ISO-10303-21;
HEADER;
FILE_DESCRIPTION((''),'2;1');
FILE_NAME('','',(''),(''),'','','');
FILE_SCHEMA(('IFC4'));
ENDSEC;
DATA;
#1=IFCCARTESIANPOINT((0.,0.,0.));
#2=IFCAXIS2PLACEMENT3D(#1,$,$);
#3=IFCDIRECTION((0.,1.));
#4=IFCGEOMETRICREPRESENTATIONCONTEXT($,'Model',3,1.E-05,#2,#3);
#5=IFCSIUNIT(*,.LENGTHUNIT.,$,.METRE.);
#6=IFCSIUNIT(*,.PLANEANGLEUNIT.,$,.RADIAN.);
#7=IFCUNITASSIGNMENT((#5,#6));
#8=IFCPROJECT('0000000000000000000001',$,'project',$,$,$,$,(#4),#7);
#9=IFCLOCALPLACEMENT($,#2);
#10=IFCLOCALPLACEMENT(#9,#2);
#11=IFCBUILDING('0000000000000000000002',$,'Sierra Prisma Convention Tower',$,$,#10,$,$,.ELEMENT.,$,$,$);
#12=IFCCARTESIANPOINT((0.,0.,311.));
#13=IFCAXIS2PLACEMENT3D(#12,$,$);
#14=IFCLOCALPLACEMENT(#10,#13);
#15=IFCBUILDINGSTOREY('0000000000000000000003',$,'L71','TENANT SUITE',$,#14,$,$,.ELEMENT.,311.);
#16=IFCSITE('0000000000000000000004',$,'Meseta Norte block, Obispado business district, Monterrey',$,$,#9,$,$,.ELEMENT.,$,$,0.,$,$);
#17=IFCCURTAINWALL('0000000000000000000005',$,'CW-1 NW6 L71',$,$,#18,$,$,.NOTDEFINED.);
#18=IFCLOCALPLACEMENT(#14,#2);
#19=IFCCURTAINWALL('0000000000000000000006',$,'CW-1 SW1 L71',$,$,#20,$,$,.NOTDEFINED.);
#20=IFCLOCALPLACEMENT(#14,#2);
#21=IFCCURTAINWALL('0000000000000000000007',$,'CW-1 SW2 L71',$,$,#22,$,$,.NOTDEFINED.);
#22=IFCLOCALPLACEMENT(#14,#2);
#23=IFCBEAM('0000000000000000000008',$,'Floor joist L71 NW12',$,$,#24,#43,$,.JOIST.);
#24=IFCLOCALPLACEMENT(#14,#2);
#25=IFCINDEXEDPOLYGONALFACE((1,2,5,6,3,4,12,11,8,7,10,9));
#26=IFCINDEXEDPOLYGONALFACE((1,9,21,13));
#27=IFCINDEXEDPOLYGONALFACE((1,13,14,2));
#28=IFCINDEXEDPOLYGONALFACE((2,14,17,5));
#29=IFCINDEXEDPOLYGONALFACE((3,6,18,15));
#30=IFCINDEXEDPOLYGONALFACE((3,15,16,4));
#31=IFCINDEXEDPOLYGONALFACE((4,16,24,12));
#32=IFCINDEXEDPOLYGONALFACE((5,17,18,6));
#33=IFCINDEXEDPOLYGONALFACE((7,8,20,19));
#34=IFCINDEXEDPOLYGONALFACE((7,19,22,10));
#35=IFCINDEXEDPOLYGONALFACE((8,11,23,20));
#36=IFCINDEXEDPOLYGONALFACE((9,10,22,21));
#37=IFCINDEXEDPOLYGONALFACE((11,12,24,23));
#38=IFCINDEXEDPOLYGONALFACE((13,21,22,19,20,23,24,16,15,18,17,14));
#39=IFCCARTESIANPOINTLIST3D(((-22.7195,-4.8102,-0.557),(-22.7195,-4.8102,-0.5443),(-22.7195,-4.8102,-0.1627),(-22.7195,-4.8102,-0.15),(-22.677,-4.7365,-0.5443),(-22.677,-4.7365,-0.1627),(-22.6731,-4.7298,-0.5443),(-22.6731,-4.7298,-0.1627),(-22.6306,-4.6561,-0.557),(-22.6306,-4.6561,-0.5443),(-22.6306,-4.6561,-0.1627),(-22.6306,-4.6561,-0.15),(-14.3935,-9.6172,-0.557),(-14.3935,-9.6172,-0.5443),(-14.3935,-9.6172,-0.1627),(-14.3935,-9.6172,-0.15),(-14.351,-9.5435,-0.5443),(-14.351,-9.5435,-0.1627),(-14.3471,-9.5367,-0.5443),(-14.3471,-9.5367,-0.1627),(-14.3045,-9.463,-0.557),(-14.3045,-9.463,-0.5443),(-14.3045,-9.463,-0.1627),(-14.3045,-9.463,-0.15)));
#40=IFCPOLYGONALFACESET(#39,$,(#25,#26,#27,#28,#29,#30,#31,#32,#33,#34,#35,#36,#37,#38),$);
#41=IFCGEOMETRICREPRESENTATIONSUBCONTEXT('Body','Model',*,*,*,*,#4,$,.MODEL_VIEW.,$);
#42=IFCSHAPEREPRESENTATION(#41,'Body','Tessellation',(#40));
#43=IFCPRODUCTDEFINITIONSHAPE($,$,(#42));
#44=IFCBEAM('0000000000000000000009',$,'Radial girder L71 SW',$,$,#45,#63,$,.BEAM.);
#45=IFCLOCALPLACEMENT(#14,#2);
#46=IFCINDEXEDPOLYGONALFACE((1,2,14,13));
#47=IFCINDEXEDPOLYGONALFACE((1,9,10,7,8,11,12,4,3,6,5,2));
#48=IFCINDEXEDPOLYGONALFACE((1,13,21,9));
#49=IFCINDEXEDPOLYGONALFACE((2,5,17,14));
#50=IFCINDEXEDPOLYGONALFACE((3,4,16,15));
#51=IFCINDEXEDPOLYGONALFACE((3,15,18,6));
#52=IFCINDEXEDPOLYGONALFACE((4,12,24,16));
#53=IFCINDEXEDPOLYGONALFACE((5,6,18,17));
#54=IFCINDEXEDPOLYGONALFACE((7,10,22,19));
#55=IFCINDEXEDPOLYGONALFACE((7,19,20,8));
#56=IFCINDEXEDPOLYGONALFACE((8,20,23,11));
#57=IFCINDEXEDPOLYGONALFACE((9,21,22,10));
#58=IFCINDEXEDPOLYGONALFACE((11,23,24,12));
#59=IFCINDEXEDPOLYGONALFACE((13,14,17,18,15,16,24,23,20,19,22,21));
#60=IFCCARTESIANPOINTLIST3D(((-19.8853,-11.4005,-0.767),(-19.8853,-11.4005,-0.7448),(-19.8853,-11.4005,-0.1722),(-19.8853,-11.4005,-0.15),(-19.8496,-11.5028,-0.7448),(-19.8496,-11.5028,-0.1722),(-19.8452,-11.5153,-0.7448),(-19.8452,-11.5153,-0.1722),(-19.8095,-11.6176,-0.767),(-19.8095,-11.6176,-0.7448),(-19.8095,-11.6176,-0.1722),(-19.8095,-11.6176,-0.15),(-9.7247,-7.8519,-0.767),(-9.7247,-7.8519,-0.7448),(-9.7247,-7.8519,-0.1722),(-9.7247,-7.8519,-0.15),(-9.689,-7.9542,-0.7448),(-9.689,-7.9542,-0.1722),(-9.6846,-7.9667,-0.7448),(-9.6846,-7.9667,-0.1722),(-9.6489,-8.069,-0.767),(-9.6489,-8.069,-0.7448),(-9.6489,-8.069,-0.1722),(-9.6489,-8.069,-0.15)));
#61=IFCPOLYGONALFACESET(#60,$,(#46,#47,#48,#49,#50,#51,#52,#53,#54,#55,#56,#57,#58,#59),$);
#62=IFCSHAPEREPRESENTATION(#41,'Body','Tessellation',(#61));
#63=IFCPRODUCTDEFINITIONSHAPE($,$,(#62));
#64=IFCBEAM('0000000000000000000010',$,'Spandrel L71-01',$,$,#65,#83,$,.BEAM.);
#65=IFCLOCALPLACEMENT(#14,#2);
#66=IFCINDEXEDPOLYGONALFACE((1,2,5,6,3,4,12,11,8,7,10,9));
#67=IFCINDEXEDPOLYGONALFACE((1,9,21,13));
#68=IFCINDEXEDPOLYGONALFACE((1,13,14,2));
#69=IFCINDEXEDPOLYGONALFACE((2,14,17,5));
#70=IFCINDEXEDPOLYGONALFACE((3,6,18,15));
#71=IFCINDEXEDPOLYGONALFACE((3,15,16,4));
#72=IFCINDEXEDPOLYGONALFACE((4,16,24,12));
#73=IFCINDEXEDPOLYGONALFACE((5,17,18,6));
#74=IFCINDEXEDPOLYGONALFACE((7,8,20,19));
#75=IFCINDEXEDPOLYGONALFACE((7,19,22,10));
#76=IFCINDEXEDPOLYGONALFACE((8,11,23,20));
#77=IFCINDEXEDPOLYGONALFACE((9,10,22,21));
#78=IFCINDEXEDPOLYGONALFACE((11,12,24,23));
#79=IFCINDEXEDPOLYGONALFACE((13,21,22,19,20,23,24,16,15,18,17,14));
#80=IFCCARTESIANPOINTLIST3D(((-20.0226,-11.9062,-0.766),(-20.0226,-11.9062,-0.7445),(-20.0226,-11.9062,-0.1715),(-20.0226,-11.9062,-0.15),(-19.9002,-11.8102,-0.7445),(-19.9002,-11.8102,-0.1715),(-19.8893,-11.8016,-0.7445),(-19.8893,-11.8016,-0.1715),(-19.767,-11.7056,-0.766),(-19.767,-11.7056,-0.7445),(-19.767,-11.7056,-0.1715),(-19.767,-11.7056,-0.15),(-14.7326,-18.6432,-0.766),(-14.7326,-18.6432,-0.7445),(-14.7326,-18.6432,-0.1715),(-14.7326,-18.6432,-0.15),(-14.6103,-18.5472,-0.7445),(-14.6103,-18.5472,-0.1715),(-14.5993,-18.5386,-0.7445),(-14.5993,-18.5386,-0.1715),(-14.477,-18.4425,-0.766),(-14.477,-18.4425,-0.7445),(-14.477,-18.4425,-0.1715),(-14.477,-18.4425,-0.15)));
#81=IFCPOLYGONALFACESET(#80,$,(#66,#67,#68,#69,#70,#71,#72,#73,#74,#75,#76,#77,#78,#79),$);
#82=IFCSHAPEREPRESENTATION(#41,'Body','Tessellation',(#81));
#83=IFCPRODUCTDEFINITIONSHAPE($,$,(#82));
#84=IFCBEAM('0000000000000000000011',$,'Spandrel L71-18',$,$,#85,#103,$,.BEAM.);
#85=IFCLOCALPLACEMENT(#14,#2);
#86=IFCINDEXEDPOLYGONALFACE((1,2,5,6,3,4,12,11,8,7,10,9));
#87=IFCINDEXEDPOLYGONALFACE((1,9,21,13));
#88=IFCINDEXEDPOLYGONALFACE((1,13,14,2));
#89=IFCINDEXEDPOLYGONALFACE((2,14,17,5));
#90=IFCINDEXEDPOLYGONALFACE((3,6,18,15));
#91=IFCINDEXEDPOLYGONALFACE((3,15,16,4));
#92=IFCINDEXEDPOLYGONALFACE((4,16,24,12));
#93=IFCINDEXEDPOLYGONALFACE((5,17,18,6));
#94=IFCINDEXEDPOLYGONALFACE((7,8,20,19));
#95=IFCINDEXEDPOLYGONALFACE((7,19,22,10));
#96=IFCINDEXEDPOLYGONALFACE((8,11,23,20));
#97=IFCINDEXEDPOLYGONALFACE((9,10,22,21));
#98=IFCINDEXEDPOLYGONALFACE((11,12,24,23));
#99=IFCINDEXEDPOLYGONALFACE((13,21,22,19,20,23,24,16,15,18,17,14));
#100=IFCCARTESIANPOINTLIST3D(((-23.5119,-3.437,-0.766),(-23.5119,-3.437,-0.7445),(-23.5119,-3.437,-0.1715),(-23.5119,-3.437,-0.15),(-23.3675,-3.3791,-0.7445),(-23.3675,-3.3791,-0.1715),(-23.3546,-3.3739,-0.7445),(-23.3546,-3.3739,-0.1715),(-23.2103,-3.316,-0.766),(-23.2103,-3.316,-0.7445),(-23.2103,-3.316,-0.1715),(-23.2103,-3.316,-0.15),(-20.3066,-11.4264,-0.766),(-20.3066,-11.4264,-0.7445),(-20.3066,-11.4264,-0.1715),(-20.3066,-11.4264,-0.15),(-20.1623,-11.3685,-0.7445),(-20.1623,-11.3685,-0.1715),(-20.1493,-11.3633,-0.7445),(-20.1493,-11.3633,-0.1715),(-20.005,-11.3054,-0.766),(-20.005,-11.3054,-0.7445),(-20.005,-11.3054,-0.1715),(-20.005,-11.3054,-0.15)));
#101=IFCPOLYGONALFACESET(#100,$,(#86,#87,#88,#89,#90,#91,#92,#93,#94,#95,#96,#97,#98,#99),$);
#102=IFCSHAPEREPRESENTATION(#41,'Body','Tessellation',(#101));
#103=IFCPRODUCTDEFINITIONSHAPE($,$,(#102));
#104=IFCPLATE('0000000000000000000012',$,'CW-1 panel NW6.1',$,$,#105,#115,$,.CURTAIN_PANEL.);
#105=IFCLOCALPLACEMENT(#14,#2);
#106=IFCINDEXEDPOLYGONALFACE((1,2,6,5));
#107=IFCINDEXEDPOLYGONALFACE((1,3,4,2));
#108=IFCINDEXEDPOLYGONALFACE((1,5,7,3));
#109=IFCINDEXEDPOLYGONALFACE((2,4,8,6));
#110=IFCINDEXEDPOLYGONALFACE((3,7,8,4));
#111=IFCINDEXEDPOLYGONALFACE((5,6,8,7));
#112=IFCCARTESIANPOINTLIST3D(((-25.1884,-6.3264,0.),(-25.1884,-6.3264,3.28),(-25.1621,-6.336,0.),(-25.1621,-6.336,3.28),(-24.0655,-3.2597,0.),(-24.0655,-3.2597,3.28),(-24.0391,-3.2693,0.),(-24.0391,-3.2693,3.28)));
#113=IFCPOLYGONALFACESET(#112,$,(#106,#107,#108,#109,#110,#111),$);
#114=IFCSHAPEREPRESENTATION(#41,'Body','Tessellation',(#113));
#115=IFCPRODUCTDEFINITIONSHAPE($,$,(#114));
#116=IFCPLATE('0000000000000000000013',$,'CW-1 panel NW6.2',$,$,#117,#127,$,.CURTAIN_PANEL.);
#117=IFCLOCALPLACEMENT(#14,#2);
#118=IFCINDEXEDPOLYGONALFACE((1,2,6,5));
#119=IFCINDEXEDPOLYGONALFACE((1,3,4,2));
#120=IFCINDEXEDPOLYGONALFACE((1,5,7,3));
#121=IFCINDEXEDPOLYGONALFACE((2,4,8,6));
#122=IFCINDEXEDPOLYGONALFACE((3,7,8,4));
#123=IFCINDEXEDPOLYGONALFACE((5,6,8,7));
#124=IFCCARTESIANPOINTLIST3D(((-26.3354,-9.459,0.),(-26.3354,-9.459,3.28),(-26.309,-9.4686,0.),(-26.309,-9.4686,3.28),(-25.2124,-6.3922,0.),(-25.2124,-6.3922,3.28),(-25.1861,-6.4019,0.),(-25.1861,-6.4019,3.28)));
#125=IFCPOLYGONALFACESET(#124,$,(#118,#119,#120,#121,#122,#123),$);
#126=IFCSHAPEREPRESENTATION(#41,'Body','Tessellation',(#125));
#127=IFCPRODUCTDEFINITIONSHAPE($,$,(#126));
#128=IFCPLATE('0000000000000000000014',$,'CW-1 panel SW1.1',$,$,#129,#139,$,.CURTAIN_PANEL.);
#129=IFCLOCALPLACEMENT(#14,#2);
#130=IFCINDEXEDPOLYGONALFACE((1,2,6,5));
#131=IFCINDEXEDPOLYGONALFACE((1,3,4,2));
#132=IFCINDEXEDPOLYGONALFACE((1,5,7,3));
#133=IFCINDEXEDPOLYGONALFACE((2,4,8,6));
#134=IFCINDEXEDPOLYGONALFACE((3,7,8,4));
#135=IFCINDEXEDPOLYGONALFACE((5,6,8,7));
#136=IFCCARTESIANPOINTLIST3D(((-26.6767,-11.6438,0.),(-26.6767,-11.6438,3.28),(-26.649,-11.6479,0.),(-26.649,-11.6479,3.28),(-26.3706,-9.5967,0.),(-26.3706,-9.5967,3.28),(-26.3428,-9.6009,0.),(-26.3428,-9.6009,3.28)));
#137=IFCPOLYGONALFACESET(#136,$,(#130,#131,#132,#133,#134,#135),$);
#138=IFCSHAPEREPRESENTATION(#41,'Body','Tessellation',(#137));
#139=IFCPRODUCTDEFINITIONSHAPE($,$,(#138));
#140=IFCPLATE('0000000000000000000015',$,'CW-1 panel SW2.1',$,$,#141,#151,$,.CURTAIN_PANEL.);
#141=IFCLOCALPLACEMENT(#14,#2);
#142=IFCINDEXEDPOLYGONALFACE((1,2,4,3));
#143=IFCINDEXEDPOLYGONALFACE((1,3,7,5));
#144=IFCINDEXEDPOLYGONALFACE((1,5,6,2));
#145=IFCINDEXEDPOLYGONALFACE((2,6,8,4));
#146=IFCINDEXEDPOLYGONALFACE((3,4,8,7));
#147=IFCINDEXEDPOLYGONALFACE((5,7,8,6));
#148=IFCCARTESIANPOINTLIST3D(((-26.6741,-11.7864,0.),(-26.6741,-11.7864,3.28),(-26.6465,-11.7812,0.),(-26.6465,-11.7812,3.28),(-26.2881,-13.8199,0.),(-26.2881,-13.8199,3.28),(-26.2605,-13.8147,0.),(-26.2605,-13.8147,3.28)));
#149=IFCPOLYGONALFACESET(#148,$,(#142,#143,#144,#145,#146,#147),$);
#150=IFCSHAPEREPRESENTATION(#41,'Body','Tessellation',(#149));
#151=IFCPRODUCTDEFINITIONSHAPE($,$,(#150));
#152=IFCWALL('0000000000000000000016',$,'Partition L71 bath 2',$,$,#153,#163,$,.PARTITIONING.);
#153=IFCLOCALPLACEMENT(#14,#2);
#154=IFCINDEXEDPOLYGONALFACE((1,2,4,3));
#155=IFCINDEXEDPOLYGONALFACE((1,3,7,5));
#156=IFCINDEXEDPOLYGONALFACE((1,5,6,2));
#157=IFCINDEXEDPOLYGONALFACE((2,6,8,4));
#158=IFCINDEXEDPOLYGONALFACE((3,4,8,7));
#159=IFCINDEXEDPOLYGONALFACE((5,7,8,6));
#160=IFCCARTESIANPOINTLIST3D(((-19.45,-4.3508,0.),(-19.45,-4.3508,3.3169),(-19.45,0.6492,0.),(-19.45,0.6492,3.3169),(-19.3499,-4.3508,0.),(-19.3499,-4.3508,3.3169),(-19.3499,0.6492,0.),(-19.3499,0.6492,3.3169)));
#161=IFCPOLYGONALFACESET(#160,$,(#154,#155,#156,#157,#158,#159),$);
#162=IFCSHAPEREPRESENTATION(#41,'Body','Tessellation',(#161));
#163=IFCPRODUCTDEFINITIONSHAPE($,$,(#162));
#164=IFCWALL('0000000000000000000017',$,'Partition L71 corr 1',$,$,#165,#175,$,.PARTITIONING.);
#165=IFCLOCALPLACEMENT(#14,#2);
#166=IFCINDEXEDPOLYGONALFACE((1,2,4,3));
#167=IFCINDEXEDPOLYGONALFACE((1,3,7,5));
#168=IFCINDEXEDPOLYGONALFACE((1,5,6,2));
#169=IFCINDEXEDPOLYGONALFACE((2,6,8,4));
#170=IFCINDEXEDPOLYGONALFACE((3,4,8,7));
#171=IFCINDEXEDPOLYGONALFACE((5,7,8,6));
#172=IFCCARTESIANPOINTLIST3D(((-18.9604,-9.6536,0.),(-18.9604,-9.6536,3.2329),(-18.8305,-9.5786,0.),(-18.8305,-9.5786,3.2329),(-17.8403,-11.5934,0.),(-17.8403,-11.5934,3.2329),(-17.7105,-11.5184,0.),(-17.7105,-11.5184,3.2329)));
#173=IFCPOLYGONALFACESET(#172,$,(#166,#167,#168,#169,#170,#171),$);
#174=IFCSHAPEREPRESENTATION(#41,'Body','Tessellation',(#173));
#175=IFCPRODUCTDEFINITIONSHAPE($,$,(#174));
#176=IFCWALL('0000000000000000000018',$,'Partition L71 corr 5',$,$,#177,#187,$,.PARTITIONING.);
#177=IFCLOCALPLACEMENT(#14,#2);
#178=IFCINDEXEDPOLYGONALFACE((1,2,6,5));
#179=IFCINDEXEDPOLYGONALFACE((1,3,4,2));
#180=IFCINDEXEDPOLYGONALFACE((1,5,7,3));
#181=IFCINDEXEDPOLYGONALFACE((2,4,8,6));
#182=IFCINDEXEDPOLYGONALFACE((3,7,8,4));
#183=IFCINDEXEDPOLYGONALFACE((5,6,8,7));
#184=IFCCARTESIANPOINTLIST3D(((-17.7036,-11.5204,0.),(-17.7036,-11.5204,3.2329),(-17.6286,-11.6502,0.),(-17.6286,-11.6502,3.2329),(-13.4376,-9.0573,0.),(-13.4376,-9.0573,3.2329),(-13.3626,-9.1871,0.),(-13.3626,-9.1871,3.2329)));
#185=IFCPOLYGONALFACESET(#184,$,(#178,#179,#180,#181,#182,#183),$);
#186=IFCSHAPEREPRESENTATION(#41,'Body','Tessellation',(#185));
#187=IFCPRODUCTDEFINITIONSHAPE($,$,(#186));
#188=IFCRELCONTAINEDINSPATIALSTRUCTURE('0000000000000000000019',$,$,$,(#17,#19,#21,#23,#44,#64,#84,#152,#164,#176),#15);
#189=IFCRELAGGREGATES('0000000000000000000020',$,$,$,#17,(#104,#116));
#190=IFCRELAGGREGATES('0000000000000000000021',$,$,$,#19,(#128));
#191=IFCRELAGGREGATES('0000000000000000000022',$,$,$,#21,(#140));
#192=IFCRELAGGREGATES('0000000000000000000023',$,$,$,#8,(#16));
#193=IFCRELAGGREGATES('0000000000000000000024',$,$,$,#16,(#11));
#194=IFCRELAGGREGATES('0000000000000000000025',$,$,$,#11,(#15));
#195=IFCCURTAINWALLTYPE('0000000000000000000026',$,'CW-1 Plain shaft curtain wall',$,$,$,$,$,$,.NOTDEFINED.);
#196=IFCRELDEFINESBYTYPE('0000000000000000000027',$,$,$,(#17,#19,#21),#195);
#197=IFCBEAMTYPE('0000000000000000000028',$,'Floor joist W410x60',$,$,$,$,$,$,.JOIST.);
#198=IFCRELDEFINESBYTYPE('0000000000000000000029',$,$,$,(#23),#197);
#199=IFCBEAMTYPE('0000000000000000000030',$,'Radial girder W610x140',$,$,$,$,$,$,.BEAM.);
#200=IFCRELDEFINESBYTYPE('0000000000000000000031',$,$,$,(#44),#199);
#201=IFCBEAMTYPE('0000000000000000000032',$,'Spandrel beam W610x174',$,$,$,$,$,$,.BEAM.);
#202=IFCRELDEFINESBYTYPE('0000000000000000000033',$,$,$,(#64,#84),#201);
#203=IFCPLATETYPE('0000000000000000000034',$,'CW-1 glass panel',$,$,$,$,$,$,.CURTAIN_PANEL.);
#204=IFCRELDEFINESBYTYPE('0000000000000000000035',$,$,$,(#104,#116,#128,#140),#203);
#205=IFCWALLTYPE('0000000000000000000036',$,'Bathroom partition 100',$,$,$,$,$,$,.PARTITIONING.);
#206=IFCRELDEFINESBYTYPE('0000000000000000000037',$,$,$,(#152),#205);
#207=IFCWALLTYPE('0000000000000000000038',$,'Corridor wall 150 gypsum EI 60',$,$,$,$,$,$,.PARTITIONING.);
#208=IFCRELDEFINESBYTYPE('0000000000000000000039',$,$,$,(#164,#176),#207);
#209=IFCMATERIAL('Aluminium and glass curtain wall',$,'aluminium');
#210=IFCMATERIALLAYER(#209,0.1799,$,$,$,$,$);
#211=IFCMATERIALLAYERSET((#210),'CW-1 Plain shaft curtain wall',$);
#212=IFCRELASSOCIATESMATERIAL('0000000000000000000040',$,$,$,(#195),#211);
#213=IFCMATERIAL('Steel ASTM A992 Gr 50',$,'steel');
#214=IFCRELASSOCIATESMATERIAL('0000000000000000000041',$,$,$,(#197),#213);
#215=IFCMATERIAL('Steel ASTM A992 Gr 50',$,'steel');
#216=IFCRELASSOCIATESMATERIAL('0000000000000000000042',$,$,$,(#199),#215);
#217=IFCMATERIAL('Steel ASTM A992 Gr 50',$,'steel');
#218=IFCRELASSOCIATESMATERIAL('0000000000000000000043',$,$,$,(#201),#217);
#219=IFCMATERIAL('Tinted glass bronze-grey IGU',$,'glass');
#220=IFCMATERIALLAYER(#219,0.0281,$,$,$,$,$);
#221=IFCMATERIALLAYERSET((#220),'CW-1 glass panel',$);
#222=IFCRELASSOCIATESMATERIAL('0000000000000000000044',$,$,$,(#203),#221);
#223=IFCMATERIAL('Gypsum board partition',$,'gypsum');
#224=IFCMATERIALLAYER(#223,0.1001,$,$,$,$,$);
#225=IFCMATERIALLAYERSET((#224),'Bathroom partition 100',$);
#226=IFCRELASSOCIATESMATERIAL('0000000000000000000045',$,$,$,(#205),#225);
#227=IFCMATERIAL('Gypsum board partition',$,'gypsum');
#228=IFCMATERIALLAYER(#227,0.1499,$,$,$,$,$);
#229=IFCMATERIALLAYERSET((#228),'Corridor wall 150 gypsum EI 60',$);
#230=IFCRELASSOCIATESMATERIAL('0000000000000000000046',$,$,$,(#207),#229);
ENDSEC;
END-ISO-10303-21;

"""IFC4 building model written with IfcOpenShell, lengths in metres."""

from ifc_helpers import new_model, si_unit, direction, frame, frame_2d, origin, origin_2d, place, context, subcontext, project, spatial, rectangle, i_section, extrude, material, layer, layer_set, material_profile, profile_set, type_object, element, aggregate, save


model = new_model("IFC4")

# Units and contexts
model_context = context("Model", 3, precision=1e-05, world=origin(), true_north=direction((0.0, 1.0)))
body_context = subcontext(model_context, "Body", "Model", "MODEL_VIEW")
ifc_project = project(units=[si_unit("LENGTHUNIT", "METRE"), si_unit("PLANEANGLEUNIT", "RADIAN")], contexts=[model_context])

# Site, building, storey
site_placement = place(None, origin())
site = spatial("IfcSite", under=ifc_project, at=site_placement, Name="Meseta Norte block, Obispado business district, Monterrey", CompositionType="ELEMENT", RefElevation=0.0)
building_placement = place(site_placement, origin())
building = spatial("IfcBuilding", under=site, at=building_placement, Name="Sierra Prisma Convention Tower", CompositionType="ELEMENT")
storey_placement = place(building_placement, frame((0.0, 0.0, 311.0)))
storey = spatial("IfcBuildingStorey", under=building, at=storey_placement, Name="L71", Description="TENANT SUITE", CompositionType="ELEMENT", Elevation=311.0)

# Curtain walls
ifc_material_1 = material(Name="Aluminium and glass curtain wall", Category="aluminium")
ifc_layer_1 = layer(ifc_material_1, 0.1799)
ifc_layer_set_1 = layer_set([ifc_layer_1], Name="CW-1 Plain shaft curtain wall")
curtain_wall_type = type_object("IfcCurtainWallType", Name="CW-1 Plain shaft curtain wall", PredefinedType="NOTDEFINED", material=ifc_layer_set_1)
curtain_wall_1_placement = place(storey_placement, origin())
curtain_wall_1 = element("IfcCurtainWall", 1, at=curtain_wall_1_placement, inside=storey, type_object=curtain_wall_type, Name="CW-1 NW6 L71", PredefinedType="NOTDEFINED")
curtain_wall_2_placement = place(storey_placement, origin())
curtain_wall_2 = element("IfcCurtainWall", 2, at=curtain_wall_2_placement, inside=storey, type_object=curtain_wall_type, Name="CW-1 SW1 L71", PredefinedType="NOTDEFINED")
curtain_wall_3_placement = place(storey_placement, origin())
curtain_wall_3 = element("IfcCurtainWall", 3, at=curtain_wall_3_placement, inside=storey, type_object=curtain_wall_type, Name="CW-1 SW2 L71", PredefinedType="NOTDEFINED")

# Beams
ifc_material_2 = material(Name="Steel ASTM A992 Gr 50", Category="steel")
ifc_material_profile_1 = material_profile(ifc_material_2, i_section(OverallWidth=0.178, OverallDepth=0.407, WebThickness=0.0078, FlangeThickness=0.0127, at=origin_2d()), Name="W410x60")
ifc_profile_set_1 = profile_set([ifc_material_profile_1], Name="Steel ASTM A992 Gr 50")
beam_type_1 = type_object("IfcBeamType", Name="Floor joist W410x60", PredefinedType="JOIST", material=ifc_profile_set_1)
beam_1_placement = place(storey_placement, frame((-22.675, -4.7332, -0.3535), z_axis=(0.86603, -0.499993, 0.0), x_axis=(0.499993, 0.86603, 0.0)))
element("IfcBeam", 4, at=beam_1_placement, inside=storey, type_object=beam_type_1, Name="Floor joist L71 NW12", PredefinedType="JOIST", context=body_context, shape_type="SweptSolid", body=[
    extrude(i_section(OverallWidth=0.178, OverallDepth=0.407, WebThickness=0.0078, FlangeThickness=0.0127, at=origin_2d()), origin(), (0.0, 0.0, 1.0), 9.614),
])
ifc_material_3 = material(Name="Steel ASTM A992 Gr 50", Category="steel")
ifc_material_profile_2 = material_profile(ifc_material_3, i_section(OverallWidth=0.23, OverallDepth=0.6169, WebThickness=0.0132, FlangeThickness=0.0222, at=origin_2d()), Name="W610x140")
ifc_profile_set_2 = profile_set([ifc_material_profile_2], Name="Steel ASTM A992 Gr 50")
beam_type_2 = type_object("IfcBeamType", Name="Radial girder W610x140", PredefinedType="BEAM", material=ifc_profile_set_2)
beam_2_placement = place(storey_placement, frame((-19.8474, -11.509, -0.4585), z_axis=(0.94408, 0.329718, 0.0), x_axis=(-0.329718, 0.94408, 0.0)))
element("IfcBeam", 5, at=beam_2_placement, inside=storey, type_object=beam_type_2, Name="Radial girder L71 SW", PredefinedType="BEAM", context=body_context, shape_type="SweptSolid", body=[
    extrude(i_section(OverallWidth=0.23, OverallDepth=0.6169, WebThickness=0.0132, FlangeThickness=0.0222, at=origin_2d()), origin(), (0.0, 0.0, 1.0), 10.7625),
])
ifc_material_4 = material(Name="Steel ASTM A992 Gr 50", Category="steel")
ifc_material_profile_3 = material_profile(ifc_material_4, i_section(OverallWidth=0.325, OverallDepth=0.616, WebThickness=0.0139, FlangeThickness=0.0215, at=origin_2d()), Name="W610x174")
ifc_profile_set_3 = profile_set([ifc_material_profile_3], Name="Steel ASTM A992 Gr 50")
beam_type_3 = type_object("IfcBeamType", Name="Spandrel beam W610x174", PredefinedType="BEAM", material=ifc_profile_set_3)
beam_3_placement = place(storey_placement, frame((-19.8948, -11.8059, -0.458), z_axis=(0.617579, -0.786509, 0.0), x_axis=(0.786509, 0.617579, 0.0)))
element("IfcBeam", 6, at=beam_3_placement, inside=storey, type_object=beam_type_3, Name="Spandrel L71-01", PredefinedType="BEAM", context=body_context, shape_type="SweptSolid", body=[
    extrude(i_section(OverallWidth=0.325, OverallDepth=0.616, WebThickness=0.0139, FlangeThickness=0.0215, at=origin_2d()), origin(), (0.0, 0.0, 1.0), 8.5657),
])
beam_4_placement = place(storey_placement, frame((-23.3611, -3.3765, -0.458), z_axis=(0.372344, -0.928095, 0.0), x_axis=(0.928095, 0.372344, 0.0)))
element("IfcBeam", 7, at=beam_4_placement, inside=storey, type_object=beam_type_3, Name="Spandrel L71-18", PredefinedType="BEAM", context=body_context, shape_type="SweptSolid", body=[
    extrude(i_section(OverallWidth=0.325, OverallDepth=0.616, WebThickness=0.0139, FlangeThickness=0.0215, at=origin_2d()), origin(), (0.0, 0.0, 1.0), 8.6084),
])

# Plates
ifc_material_5 = material(Name="Tinted glass bronze-grey IGU", Category="glass")
ifc_layer_2 = layer(ifc_material_5, 0.0281)
ifc_layer_set_2 = layer_set([ifc_layer_2], Name="CW-1 glass panel")
plate_type = type_object("IfcPlateType", Name="CW-1 glass panel", PredefinedType="CURTAIN_PANEL", material=ifc_layer_set_2)
plate_1_placement = place(storey_placement, frame((-24.6138, -4.7979, 0.0), z_axis=(0.0, 0.0, 1.0), x_axis=(-0.343847, -0.939026, 0.0)))
plate_1 = element("IfcPlate", 8, at=plate_1_placement, type_object=plate_type, Name="CW-1 panel NW6.1", PredefinedType="CURTAIN_PANEL", context=body_context, shape_type="SweptSolid", body=[
    extrude(rectangle(XDim=3.2659, YDim=0.0281, at=origin_2d()), origin(), (0.0, 0.0, 1.0), 3.28),
])
plate_2_placement = place(storey_placement, frame((-25.7607, -7.9304, 0.0), z_axis=(0.0, 0.0, 1.0), x_axis=(-0.343847, -0.939026, 0.0)))
plate_2 = element("IfcPlate", 9, at=plate_2_placement, type_object=plate_type, Name="CW-1 panel NW6.2", PredefinedType="CURTAIN_PANEL", context=body_context, shape_type="SweptSolid", body=[
    extrude(rectangle(XDim=3.2659, YDim=0.0281, at=origin_2d()), origin(), (0.0, 0.0, 1.0), 3.28),
])
aggregate(curtain_wall_1, [plate_1, plate_2])
plate_3_placement = place(storey_placement, frame((-26.5098, -10.6223, 0.0), z_axis=(0.0, 0.0, 1.0), x_axis=(-0.147929, -0.988998, 0.0)))
plate_3 = element("IfcPlate", 10, at=plate_3_placement, type_object=plate_type, Name="CW-1 panel SW1.1", PredefinedType="CURTAIN_PANEL", context=body_context, shape_type="SweptSolid", body=[
    extrude(rectangle(XDim=2.0698, YDim=0.0281, at=origin_2d()), origin(), (0.0, 0.0, 1.0), 3.28),
])
aggregate(curtain_wall_2, [plate_3])
plate_4_placement = place(storey_placement, frame((-26.4673, -12.8005, 0.0), z_axis=(0.0, 0.0, 1.0), x_axis=(0.186464, -0.982462, 0.0)))
plate_4 = element("IfcPlate", 11, at=plate_4_placement, type_object=plate_type, Name="CW-1 panel SW2.1", PredefinedType="CURTAIN_PANEL", context=body_context, shape_type="SweptSolid", body=[
    extrude(rectangle(XDim=2.0698, YDim=0.0281, at=origin_2d()), origin(), (0.0, 0.0, 1.0), 3.28),
])
aggregate(curtain_wall_3, [plate_4])

# Walls
ifc_material_6 = material(Name="Gypsum board partition", Category="gypsum")
ifc_layer_3 = layer(ifc_material_6, 0.1001)
ifc_layer_set_3 = layer_set([ifc_layer_3], Name="Bathroom partition 100")
wall_type_1 = type_object("IfcWallType", Name="Bathroom partition 100", PredefinedType="PARTITIONING", material=ifc_layer_set_3)
wall_1_placement = place(storey_placement, frame((-19.3999, -4.3508, 0.0), z_axis=(0.0, 0.0, 1.0), x_axis=(0.0, 1.0, 0.0)))
element("IfcWall", 12, at=wall_1_placement, inside=storey, type_object=wall_type_1, Name="Partition L71 bath 2", PredefinedType="PARTITIONING", context=body_context, shape_type="SweptSolid", body=[
    extrude(rectangle(XDim=5.0, YDim=0.1001, at=frame_2d((2.5, 0.0))), origin(), (0.0, 0.0, 1.0), 3.3169),
])
ifc_material_7 = material(Name="Gypsum board partition", Category="gypsum")
ifc_layer_4 = layer(ifc_material_7, 0.1499)
ifc_layer_set_4 = layer_set([ifc_layer_4], Name="Corridor wall 150 gypsum EI 60")
wall_type_2 = type_object("IfcWallType", Name="Corridor wall 150 gypsum EI 60", PredefinedType="PARTITIONING", material=ifc_layer_set_4)
wall_2_placement = place(storey_placement, frame((-18.8955, -9.616, 0.0), z_axis=(0.0, 0.0, 1.0), x_axis=(0.500031, -0.866008, 0.0)))
element("IfcWall", 13, at=wall_2_placement, inside=storey, type_object=wall_type_2, Name="Partition L71 corr 1", PredefinedType="PARTITIONING", context=body_context, shape_type="SweptSolid", body=[
    extrude(rectangle(XDim=2.24, YDim=0.1499, at=frame_2d((1.1201, 0.0))), origin(), (0.0, 0.0, 1.0), 3.2329),
])
wall_3_placement = place(storey_placement, frame((-17.666, -11.5852, 0.0), z_axis=(0.0, 0.0, 1.0), x_axis=(0.866017, 0.500014, 0.0)))
element("IfcWall", 14, at=wall_3_placement, inside=storey, type_object=wall_type_2, Name="Partition L71 corr 5", PredefinedType="PARTITIONING", context=body_context, shape_type="SweptSolid", body=[
    extrude(rectangle(XDim=4.926, YDim=0.1499, at=frame_2d((2.4629, 0.0))), origin(), (0.0, 0.0, 1.0), 3.2329),
])

save(model, "model.ifc")
